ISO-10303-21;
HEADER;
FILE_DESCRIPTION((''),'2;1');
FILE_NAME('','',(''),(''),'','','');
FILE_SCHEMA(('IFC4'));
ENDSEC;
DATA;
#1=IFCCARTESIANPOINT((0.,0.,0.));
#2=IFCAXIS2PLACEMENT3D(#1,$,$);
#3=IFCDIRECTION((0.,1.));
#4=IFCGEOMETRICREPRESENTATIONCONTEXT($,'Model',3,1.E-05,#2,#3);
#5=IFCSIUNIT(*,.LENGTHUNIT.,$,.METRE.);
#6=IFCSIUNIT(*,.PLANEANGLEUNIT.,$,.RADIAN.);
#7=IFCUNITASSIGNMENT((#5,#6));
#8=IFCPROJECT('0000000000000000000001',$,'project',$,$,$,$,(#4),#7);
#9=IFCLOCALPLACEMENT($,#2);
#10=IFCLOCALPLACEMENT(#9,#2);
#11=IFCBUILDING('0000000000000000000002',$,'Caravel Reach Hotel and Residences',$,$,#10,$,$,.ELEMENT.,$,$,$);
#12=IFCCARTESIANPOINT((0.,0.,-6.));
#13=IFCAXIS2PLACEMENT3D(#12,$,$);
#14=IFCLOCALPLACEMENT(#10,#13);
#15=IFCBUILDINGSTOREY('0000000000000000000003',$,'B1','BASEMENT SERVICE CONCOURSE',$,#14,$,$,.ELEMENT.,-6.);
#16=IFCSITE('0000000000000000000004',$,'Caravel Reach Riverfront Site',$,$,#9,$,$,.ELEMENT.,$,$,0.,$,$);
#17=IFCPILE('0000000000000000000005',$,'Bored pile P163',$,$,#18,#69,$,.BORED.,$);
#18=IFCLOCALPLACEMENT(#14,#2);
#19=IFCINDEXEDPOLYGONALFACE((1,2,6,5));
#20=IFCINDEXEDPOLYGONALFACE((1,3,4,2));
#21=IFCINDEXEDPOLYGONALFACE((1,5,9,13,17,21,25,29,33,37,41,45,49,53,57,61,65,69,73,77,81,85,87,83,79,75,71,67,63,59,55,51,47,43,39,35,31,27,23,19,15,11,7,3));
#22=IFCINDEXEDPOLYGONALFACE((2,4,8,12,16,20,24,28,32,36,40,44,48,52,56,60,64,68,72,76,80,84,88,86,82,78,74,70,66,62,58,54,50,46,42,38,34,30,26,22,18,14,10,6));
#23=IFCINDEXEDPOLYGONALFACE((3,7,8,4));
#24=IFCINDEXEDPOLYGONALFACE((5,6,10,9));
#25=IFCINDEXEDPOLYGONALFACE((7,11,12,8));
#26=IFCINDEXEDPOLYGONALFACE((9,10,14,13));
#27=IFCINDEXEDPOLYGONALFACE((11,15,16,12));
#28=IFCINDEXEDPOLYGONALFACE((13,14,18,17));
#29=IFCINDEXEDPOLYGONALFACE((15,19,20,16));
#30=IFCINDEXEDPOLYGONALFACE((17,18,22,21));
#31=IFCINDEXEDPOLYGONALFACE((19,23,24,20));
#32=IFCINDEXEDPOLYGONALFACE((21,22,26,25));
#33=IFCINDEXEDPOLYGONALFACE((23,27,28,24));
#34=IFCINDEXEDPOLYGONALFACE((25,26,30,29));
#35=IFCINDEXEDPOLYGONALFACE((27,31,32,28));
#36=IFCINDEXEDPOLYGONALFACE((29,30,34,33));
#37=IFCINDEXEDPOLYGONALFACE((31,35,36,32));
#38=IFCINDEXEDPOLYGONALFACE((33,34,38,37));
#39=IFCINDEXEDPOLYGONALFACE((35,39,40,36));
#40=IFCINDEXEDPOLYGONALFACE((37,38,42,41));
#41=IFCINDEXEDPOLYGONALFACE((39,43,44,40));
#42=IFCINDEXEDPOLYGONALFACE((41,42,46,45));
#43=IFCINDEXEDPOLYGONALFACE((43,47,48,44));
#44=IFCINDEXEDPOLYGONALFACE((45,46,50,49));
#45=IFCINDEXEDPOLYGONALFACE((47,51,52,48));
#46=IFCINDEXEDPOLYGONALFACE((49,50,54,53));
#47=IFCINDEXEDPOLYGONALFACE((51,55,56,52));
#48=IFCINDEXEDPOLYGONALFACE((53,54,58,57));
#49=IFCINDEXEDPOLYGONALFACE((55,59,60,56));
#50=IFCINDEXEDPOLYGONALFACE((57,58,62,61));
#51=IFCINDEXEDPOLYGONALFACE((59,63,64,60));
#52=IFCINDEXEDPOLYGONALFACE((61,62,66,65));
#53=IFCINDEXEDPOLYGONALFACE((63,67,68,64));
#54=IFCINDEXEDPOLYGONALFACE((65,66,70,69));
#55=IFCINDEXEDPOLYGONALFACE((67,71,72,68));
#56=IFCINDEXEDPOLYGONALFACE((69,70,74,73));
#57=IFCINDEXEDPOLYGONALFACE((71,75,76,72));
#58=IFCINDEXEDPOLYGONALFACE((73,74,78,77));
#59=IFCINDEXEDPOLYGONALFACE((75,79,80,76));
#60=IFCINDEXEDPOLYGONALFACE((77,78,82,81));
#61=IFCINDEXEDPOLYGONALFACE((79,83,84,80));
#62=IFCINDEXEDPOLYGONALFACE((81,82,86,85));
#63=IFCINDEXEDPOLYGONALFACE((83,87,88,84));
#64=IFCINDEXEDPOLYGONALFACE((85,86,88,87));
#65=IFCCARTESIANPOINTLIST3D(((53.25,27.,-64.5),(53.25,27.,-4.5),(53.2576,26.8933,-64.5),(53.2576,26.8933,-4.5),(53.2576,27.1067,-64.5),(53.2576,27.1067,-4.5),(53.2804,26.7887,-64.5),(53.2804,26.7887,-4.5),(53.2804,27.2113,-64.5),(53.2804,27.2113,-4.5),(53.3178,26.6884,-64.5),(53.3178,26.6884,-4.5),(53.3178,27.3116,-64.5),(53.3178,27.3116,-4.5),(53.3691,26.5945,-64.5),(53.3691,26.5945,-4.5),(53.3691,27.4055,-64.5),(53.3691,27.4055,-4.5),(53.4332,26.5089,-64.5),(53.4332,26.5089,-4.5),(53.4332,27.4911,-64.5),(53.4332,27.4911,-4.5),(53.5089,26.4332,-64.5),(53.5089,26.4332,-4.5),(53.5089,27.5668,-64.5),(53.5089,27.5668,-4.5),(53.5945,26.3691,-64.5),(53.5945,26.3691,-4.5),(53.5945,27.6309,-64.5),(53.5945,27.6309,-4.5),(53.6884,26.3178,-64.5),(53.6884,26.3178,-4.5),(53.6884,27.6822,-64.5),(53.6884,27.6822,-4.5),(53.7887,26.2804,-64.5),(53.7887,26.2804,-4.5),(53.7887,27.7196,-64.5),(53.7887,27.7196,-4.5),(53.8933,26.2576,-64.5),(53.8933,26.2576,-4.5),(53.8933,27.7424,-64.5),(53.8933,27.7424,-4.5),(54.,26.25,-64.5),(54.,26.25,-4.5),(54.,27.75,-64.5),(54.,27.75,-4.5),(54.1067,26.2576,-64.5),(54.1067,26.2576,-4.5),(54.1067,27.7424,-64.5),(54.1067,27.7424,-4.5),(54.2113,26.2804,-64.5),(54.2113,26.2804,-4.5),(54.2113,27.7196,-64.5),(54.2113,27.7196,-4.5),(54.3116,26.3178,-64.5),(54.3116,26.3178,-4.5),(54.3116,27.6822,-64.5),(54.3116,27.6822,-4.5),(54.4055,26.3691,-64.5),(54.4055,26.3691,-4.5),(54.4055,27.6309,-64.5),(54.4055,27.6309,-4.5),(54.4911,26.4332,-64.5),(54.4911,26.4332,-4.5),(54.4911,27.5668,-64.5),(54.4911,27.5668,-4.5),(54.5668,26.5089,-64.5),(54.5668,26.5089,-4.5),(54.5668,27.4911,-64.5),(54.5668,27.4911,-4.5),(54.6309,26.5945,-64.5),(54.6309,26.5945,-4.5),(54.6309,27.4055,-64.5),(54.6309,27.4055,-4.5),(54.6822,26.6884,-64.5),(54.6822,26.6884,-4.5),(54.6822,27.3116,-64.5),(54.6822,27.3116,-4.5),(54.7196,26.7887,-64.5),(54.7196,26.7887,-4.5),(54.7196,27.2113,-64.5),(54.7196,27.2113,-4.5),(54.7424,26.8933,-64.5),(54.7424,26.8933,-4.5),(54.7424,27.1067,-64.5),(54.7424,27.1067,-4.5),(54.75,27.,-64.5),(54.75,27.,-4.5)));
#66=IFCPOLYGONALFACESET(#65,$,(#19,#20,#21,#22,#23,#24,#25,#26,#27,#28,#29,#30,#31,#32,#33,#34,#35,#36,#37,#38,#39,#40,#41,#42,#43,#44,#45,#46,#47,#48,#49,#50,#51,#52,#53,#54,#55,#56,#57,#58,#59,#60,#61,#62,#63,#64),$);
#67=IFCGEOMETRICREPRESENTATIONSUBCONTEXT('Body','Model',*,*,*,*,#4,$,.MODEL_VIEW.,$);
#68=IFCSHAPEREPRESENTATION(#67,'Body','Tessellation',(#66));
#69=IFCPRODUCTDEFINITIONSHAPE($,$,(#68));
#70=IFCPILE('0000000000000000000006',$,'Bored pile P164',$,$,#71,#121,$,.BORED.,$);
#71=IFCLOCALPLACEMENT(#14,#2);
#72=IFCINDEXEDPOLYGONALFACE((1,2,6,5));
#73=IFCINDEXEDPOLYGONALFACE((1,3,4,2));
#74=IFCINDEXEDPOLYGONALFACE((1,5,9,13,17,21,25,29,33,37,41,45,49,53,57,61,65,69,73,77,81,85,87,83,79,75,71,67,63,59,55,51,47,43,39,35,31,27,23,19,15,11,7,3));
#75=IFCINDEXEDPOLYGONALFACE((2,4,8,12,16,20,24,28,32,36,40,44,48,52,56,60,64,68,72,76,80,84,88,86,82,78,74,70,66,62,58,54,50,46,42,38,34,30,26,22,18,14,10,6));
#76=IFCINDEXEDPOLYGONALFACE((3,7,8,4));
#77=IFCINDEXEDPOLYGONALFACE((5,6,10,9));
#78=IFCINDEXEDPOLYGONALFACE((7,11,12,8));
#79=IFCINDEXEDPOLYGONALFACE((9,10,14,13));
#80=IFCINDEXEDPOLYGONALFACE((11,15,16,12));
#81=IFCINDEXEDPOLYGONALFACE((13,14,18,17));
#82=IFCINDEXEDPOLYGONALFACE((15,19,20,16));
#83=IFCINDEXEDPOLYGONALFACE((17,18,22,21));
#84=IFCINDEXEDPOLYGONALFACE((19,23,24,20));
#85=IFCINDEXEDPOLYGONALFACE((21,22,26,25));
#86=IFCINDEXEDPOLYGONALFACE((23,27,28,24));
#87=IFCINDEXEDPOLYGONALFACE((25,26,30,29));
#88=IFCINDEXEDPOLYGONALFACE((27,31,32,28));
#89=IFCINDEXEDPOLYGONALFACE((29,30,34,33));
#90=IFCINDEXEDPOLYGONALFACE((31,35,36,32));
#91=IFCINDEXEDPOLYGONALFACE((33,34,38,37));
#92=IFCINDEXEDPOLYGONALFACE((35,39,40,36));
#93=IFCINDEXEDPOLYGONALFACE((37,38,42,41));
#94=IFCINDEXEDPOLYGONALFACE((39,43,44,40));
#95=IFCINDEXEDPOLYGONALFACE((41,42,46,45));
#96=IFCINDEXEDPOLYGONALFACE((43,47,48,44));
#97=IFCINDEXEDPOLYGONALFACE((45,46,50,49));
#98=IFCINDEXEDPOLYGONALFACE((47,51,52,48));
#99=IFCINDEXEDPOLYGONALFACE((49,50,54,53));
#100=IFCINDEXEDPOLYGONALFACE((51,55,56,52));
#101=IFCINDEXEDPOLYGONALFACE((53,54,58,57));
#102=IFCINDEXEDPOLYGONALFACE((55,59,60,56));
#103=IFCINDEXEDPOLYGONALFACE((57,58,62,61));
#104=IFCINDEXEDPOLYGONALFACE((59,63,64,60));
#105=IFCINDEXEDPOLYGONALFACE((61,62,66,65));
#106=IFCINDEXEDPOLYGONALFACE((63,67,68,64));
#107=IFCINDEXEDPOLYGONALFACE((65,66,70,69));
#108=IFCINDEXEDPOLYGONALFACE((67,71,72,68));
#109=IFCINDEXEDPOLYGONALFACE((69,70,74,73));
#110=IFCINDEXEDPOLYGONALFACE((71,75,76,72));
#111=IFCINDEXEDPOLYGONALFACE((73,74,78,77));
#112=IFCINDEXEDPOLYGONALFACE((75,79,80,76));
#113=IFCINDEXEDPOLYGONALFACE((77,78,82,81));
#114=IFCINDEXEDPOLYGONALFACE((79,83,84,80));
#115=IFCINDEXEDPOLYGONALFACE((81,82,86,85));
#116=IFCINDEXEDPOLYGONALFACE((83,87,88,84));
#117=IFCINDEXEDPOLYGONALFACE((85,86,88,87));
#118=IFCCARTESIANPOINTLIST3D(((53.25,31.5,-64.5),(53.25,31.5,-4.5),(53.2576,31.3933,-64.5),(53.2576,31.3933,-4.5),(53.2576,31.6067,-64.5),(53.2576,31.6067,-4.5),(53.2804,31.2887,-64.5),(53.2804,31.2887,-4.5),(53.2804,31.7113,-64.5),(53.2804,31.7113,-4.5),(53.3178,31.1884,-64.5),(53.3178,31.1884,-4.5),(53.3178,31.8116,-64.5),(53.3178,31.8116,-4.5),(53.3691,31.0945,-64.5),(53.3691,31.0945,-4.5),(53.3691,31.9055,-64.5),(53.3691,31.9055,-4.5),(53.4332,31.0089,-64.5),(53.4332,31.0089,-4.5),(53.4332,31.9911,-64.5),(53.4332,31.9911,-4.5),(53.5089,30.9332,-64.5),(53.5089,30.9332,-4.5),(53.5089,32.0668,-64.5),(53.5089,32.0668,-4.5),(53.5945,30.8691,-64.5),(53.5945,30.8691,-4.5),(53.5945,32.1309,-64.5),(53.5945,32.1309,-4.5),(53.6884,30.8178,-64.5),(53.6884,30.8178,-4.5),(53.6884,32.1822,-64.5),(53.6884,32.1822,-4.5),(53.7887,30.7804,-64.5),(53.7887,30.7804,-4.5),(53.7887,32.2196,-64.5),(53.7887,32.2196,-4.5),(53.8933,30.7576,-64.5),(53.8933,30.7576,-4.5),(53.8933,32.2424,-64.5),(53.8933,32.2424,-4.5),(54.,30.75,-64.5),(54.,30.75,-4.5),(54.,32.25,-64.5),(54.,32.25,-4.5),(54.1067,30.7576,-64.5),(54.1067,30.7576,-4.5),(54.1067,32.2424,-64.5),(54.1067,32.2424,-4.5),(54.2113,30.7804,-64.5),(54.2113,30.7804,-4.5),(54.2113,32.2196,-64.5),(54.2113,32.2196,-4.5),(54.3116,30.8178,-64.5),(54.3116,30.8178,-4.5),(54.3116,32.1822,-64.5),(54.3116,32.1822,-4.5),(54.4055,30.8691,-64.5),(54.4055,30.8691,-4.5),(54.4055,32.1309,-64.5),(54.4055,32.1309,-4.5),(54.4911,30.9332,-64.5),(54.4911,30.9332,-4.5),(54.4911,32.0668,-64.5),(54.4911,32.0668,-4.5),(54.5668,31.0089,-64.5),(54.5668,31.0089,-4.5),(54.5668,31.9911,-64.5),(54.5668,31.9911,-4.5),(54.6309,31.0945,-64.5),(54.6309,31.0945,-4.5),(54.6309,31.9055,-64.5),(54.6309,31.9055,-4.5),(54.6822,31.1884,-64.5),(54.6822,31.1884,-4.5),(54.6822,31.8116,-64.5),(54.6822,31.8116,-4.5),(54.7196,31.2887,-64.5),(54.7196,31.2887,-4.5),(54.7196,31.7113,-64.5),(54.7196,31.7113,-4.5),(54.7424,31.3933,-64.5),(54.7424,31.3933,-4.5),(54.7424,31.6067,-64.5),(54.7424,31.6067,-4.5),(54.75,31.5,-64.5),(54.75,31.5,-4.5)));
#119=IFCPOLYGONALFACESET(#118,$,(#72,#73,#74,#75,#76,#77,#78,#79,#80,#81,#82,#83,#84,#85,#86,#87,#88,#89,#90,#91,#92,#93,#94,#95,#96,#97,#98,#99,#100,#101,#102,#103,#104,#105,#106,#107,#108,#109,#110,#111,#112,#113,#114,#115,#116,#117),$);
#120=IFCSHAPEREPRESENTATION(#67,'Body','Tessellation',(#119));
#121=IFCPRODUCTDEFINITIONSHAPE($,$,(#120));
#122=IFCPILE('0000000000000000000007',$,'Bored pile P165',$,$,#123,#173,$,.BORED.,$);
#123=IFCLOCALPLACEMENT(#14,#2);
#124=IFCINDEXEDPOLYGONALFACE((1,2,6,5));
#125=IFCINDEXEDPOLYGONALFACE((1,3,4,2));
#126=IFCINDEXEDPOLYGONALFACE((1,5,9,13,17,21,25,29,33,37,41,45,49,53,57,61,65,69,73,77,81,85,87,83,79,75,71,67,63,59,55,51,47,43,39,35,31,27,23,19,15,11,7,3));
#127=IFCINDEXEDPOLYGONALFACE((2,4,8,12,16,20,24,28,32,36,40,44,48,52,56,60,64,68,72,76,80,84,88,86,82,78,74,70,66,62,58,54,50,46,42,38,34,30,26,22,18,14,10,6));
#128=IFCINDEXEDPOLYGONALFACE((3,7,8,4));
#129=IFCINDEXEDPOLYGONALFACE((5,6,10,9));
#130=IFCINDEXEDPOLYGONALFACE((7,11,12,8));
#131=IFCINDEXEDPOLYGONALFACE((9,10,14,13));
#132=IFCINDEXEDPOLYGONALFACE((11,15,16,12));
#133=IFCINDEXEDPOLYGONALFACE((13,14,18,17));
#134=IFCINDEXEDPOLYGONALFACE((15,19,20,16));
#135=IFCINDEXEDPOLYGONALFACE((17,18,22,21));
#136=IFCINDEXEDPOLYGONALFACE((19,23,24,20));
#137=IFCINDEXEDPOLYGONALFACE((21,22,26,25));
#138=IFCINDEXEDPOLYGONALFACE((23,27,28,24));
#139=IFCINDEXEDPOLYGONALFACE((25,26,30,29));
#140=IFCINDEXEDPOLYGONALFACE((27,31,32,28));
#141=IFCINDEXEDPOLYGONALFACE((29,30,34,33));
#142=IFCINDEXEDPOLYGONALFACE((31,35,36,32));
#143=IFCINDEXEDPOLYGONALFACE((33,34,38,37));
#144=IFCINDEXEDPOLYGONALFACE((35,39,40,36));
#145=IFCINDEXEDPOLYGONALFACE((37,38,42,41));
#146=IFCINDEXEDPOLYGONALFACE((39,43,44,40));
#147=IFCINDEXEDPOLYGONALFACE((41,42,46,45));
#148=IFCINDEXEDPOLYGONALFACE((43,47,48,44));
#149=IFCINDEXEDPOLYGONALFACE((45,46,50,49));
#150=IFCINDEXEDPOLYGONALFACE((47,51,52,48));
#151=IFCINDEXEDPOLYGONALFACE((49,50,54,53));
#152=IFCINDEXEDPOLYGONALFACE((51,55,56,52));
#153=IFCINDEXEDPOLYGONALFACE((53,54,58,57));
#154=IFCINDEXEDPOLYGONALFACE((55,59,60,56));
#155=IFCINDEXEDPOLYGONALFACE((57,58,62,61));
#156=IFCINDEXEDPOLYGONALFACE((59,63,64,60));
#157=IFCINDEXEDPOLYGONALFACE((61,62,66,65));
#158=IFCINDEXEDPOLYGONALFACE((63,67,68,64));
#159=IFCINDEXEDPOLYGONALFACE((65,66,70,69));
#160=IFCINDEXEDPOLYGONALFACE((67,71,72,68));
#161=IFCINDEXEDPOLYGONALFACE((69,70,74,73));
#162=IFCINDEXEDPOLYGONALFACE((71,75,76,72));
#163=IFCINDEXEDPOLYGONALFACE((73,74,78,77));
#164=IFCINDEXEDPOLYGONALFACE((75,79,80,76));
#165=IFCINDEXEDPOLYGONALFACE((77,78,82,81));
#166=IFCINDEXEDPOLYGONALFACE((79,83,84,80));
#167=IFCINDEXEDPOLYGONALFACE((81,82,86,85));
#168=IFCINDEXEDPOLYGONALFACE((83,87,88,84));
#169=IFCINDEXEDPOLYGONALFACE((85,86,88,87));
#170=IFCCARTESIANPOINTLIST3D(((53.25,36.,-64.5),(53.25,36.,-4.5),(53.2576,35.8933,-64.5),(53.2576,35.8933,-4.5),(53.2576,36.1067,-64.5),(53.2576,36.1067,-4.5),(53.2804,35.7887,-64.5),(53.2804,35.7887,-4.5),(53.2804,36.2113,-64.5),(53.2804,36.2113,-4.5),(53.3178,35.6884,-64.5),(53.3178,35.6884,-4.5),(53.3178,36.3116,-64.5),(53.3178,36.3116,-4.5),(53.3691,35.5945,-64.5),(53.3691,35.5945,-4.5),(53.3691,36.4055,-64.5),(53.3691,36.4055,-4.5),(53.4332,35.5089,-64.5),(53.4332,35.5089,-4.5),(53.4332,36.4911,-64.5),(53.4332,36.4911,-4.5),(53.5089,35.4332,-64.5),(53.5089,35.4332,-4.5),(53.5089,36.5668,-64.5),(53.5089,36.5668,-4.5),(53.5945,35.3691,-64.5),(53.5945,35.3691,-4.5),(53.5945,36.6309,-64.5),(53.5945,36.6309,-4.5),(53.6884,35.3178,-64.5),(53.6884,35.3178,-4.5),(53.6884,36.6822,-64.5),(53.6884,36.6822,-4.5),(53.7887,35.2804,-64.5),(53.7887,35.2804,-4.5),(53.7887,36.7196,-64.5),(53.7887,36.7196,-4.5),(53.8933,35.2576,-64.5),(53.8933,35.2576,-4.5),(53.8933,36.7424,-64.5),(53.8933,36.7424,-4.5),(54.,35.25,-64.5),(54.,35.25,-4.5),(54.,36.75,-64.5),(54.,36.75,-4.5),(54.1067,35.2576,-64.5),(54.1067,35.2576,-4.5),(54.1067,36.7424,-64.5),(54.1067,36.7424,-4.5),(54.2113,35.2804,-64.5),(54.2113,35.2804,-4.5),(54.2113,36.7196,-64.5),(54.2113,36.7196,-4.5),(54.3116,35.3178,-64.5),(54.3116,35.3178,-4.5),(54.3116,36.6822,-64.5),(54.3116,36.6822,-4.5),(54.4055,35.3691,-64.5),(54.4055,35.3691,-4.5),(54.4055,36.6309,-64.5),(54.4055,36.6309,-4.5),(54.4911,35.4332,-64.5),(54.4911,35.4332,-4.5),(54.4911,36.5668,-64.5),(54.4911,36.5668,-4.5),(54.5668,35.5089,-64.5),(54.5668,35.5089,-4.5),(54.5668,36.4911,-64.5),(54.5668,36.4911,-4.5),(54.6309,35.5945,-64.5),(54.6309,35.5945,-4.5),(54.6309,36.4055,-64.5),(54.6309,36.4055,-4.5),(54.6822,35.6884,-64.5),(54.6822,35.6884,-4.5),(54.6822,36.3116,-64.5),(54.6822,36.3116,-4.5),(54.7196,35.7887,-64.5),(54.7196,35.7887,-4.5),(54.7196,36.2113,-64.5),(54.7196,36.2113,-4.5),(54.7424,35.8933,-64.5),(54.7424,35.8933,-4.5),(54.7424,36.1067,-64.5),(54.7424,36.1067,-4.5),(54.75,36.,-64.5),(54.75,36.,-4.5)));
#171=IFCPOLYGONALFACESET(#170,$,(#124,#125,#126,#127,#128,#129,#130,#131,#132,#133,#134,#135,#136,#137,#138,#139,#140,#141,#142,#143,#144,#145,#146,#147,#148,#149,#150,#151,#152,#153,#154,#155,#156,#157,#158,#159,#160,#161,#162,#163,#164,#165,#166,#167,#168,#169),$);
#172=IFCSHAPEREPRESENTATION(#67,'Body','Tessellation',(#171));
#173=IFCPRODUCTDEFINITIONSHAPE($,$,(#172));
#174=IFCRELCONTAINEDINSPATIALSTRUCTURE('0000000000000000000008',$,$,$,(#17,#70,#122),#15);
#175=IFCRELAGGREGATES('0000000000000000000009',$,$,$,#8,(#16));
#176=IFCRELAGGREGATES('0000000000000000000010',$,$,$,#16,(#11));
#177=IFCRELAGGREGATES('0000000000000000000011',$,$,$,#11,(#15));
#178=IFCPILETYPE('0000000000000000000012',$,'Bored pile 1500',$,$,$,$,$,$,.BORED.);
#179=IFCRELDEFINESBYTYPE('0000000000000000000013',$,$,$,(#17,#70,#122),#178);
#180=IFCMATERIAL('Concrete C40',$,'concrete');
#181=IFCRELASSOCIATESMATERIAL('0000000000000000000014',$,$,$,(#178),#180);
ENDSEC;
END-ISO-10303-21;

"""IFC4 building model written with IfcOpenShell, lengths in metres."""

from ifc_helpers import new_model, si_unit, direction, frame, origin, origin_2d, place, context, subcontext, project, spatial, circle, extrude, material, material_profile, profile_set, type_object, element, save


model = new_model("IFC4")

# Units and contexts
model_context = context("Model", 3, precision=1e-05, world=origin(), true_north=direction((0.0, 1.0)))
body_context = subcontext(model_context, "Body", "Model", "MODEL_VIEW")
ifc_project = project(units=[si_unit("LENGTHUNIT", "METRE"), si_unit("PLANEANGLEUNIT", "RADIAN")], contexts=[model_context])

# Site, building, storey
site_placement = place(None, origin())
site = spatial("IfcSite", under=ifc_project, at=site_placement, Name="Caravel Reach Riverfront Site", CompositionType="ELEMENT", RefElevation=0.0)
building_placement = place(site_placement, origin())
building = spatial("IfcBuilding", under=site, at=building_placement, Name="Caravel Reach Hotel and Residences", CompositionType="ELEMENT")
storey_placement = place(building_placement, frame((0.0, 0.0, -6.0)))
storey = spatial("IfcBuildingStorey", under=building, at=storey_placement, Name="B1", Description="BASEMENT SERVICE CONCOURSE", CompositionType="ELEMENT", Elevation=-6.0)

# Piles
ifc_material_1 = material(Name="Concrete C40", Category="concrete")
ifc_material_profile_1 = material_profile(ifc_material_1, circle(Radius=0.75, at=origin_2d()), Name="PILE 1500")
ifc_profile_set_1 = profile_set([ifc_material_profile_1], Name="Concrete C40")
pile_type = type_object("IfcPileType", Name="Bored pile 1500", PredefinedType="BORED", material=ifc_profile_set_1)
for number, where, z_axis, x_axis, name in (
    (1, (54.0, 27.0, -4.5), (0.0, 0.0, -1.0), (1.0, 0.0, 0.0), "Bored pile P163"),
    (2, (54.0, 31.5, -4.5), (0.0, 0.0, -1.0), (1.0, 0.0, 0.0), "Bored pile P164"),
    (3, (54.0, 36.0, -4.5), (0.0, 0.0, -1.0), (1.0, 0.0, 0.0), "Bored pile P165"),
):
    element("IfcPile", number, at=place(storey_placement, frame(where, z_axis=z_axis, x_axis=x_axis)), inside=storey, type_object=pile_type, Name=name, PredefinedType="BORED", context=body_context, shape_type="SweptSolid", body=[
        extrude(circle(Radius=0.75, at=origin_2d()), origin(), (0.0, 0.0, 1.0), 60.0),
    ])

save(model, "model.ifc")
